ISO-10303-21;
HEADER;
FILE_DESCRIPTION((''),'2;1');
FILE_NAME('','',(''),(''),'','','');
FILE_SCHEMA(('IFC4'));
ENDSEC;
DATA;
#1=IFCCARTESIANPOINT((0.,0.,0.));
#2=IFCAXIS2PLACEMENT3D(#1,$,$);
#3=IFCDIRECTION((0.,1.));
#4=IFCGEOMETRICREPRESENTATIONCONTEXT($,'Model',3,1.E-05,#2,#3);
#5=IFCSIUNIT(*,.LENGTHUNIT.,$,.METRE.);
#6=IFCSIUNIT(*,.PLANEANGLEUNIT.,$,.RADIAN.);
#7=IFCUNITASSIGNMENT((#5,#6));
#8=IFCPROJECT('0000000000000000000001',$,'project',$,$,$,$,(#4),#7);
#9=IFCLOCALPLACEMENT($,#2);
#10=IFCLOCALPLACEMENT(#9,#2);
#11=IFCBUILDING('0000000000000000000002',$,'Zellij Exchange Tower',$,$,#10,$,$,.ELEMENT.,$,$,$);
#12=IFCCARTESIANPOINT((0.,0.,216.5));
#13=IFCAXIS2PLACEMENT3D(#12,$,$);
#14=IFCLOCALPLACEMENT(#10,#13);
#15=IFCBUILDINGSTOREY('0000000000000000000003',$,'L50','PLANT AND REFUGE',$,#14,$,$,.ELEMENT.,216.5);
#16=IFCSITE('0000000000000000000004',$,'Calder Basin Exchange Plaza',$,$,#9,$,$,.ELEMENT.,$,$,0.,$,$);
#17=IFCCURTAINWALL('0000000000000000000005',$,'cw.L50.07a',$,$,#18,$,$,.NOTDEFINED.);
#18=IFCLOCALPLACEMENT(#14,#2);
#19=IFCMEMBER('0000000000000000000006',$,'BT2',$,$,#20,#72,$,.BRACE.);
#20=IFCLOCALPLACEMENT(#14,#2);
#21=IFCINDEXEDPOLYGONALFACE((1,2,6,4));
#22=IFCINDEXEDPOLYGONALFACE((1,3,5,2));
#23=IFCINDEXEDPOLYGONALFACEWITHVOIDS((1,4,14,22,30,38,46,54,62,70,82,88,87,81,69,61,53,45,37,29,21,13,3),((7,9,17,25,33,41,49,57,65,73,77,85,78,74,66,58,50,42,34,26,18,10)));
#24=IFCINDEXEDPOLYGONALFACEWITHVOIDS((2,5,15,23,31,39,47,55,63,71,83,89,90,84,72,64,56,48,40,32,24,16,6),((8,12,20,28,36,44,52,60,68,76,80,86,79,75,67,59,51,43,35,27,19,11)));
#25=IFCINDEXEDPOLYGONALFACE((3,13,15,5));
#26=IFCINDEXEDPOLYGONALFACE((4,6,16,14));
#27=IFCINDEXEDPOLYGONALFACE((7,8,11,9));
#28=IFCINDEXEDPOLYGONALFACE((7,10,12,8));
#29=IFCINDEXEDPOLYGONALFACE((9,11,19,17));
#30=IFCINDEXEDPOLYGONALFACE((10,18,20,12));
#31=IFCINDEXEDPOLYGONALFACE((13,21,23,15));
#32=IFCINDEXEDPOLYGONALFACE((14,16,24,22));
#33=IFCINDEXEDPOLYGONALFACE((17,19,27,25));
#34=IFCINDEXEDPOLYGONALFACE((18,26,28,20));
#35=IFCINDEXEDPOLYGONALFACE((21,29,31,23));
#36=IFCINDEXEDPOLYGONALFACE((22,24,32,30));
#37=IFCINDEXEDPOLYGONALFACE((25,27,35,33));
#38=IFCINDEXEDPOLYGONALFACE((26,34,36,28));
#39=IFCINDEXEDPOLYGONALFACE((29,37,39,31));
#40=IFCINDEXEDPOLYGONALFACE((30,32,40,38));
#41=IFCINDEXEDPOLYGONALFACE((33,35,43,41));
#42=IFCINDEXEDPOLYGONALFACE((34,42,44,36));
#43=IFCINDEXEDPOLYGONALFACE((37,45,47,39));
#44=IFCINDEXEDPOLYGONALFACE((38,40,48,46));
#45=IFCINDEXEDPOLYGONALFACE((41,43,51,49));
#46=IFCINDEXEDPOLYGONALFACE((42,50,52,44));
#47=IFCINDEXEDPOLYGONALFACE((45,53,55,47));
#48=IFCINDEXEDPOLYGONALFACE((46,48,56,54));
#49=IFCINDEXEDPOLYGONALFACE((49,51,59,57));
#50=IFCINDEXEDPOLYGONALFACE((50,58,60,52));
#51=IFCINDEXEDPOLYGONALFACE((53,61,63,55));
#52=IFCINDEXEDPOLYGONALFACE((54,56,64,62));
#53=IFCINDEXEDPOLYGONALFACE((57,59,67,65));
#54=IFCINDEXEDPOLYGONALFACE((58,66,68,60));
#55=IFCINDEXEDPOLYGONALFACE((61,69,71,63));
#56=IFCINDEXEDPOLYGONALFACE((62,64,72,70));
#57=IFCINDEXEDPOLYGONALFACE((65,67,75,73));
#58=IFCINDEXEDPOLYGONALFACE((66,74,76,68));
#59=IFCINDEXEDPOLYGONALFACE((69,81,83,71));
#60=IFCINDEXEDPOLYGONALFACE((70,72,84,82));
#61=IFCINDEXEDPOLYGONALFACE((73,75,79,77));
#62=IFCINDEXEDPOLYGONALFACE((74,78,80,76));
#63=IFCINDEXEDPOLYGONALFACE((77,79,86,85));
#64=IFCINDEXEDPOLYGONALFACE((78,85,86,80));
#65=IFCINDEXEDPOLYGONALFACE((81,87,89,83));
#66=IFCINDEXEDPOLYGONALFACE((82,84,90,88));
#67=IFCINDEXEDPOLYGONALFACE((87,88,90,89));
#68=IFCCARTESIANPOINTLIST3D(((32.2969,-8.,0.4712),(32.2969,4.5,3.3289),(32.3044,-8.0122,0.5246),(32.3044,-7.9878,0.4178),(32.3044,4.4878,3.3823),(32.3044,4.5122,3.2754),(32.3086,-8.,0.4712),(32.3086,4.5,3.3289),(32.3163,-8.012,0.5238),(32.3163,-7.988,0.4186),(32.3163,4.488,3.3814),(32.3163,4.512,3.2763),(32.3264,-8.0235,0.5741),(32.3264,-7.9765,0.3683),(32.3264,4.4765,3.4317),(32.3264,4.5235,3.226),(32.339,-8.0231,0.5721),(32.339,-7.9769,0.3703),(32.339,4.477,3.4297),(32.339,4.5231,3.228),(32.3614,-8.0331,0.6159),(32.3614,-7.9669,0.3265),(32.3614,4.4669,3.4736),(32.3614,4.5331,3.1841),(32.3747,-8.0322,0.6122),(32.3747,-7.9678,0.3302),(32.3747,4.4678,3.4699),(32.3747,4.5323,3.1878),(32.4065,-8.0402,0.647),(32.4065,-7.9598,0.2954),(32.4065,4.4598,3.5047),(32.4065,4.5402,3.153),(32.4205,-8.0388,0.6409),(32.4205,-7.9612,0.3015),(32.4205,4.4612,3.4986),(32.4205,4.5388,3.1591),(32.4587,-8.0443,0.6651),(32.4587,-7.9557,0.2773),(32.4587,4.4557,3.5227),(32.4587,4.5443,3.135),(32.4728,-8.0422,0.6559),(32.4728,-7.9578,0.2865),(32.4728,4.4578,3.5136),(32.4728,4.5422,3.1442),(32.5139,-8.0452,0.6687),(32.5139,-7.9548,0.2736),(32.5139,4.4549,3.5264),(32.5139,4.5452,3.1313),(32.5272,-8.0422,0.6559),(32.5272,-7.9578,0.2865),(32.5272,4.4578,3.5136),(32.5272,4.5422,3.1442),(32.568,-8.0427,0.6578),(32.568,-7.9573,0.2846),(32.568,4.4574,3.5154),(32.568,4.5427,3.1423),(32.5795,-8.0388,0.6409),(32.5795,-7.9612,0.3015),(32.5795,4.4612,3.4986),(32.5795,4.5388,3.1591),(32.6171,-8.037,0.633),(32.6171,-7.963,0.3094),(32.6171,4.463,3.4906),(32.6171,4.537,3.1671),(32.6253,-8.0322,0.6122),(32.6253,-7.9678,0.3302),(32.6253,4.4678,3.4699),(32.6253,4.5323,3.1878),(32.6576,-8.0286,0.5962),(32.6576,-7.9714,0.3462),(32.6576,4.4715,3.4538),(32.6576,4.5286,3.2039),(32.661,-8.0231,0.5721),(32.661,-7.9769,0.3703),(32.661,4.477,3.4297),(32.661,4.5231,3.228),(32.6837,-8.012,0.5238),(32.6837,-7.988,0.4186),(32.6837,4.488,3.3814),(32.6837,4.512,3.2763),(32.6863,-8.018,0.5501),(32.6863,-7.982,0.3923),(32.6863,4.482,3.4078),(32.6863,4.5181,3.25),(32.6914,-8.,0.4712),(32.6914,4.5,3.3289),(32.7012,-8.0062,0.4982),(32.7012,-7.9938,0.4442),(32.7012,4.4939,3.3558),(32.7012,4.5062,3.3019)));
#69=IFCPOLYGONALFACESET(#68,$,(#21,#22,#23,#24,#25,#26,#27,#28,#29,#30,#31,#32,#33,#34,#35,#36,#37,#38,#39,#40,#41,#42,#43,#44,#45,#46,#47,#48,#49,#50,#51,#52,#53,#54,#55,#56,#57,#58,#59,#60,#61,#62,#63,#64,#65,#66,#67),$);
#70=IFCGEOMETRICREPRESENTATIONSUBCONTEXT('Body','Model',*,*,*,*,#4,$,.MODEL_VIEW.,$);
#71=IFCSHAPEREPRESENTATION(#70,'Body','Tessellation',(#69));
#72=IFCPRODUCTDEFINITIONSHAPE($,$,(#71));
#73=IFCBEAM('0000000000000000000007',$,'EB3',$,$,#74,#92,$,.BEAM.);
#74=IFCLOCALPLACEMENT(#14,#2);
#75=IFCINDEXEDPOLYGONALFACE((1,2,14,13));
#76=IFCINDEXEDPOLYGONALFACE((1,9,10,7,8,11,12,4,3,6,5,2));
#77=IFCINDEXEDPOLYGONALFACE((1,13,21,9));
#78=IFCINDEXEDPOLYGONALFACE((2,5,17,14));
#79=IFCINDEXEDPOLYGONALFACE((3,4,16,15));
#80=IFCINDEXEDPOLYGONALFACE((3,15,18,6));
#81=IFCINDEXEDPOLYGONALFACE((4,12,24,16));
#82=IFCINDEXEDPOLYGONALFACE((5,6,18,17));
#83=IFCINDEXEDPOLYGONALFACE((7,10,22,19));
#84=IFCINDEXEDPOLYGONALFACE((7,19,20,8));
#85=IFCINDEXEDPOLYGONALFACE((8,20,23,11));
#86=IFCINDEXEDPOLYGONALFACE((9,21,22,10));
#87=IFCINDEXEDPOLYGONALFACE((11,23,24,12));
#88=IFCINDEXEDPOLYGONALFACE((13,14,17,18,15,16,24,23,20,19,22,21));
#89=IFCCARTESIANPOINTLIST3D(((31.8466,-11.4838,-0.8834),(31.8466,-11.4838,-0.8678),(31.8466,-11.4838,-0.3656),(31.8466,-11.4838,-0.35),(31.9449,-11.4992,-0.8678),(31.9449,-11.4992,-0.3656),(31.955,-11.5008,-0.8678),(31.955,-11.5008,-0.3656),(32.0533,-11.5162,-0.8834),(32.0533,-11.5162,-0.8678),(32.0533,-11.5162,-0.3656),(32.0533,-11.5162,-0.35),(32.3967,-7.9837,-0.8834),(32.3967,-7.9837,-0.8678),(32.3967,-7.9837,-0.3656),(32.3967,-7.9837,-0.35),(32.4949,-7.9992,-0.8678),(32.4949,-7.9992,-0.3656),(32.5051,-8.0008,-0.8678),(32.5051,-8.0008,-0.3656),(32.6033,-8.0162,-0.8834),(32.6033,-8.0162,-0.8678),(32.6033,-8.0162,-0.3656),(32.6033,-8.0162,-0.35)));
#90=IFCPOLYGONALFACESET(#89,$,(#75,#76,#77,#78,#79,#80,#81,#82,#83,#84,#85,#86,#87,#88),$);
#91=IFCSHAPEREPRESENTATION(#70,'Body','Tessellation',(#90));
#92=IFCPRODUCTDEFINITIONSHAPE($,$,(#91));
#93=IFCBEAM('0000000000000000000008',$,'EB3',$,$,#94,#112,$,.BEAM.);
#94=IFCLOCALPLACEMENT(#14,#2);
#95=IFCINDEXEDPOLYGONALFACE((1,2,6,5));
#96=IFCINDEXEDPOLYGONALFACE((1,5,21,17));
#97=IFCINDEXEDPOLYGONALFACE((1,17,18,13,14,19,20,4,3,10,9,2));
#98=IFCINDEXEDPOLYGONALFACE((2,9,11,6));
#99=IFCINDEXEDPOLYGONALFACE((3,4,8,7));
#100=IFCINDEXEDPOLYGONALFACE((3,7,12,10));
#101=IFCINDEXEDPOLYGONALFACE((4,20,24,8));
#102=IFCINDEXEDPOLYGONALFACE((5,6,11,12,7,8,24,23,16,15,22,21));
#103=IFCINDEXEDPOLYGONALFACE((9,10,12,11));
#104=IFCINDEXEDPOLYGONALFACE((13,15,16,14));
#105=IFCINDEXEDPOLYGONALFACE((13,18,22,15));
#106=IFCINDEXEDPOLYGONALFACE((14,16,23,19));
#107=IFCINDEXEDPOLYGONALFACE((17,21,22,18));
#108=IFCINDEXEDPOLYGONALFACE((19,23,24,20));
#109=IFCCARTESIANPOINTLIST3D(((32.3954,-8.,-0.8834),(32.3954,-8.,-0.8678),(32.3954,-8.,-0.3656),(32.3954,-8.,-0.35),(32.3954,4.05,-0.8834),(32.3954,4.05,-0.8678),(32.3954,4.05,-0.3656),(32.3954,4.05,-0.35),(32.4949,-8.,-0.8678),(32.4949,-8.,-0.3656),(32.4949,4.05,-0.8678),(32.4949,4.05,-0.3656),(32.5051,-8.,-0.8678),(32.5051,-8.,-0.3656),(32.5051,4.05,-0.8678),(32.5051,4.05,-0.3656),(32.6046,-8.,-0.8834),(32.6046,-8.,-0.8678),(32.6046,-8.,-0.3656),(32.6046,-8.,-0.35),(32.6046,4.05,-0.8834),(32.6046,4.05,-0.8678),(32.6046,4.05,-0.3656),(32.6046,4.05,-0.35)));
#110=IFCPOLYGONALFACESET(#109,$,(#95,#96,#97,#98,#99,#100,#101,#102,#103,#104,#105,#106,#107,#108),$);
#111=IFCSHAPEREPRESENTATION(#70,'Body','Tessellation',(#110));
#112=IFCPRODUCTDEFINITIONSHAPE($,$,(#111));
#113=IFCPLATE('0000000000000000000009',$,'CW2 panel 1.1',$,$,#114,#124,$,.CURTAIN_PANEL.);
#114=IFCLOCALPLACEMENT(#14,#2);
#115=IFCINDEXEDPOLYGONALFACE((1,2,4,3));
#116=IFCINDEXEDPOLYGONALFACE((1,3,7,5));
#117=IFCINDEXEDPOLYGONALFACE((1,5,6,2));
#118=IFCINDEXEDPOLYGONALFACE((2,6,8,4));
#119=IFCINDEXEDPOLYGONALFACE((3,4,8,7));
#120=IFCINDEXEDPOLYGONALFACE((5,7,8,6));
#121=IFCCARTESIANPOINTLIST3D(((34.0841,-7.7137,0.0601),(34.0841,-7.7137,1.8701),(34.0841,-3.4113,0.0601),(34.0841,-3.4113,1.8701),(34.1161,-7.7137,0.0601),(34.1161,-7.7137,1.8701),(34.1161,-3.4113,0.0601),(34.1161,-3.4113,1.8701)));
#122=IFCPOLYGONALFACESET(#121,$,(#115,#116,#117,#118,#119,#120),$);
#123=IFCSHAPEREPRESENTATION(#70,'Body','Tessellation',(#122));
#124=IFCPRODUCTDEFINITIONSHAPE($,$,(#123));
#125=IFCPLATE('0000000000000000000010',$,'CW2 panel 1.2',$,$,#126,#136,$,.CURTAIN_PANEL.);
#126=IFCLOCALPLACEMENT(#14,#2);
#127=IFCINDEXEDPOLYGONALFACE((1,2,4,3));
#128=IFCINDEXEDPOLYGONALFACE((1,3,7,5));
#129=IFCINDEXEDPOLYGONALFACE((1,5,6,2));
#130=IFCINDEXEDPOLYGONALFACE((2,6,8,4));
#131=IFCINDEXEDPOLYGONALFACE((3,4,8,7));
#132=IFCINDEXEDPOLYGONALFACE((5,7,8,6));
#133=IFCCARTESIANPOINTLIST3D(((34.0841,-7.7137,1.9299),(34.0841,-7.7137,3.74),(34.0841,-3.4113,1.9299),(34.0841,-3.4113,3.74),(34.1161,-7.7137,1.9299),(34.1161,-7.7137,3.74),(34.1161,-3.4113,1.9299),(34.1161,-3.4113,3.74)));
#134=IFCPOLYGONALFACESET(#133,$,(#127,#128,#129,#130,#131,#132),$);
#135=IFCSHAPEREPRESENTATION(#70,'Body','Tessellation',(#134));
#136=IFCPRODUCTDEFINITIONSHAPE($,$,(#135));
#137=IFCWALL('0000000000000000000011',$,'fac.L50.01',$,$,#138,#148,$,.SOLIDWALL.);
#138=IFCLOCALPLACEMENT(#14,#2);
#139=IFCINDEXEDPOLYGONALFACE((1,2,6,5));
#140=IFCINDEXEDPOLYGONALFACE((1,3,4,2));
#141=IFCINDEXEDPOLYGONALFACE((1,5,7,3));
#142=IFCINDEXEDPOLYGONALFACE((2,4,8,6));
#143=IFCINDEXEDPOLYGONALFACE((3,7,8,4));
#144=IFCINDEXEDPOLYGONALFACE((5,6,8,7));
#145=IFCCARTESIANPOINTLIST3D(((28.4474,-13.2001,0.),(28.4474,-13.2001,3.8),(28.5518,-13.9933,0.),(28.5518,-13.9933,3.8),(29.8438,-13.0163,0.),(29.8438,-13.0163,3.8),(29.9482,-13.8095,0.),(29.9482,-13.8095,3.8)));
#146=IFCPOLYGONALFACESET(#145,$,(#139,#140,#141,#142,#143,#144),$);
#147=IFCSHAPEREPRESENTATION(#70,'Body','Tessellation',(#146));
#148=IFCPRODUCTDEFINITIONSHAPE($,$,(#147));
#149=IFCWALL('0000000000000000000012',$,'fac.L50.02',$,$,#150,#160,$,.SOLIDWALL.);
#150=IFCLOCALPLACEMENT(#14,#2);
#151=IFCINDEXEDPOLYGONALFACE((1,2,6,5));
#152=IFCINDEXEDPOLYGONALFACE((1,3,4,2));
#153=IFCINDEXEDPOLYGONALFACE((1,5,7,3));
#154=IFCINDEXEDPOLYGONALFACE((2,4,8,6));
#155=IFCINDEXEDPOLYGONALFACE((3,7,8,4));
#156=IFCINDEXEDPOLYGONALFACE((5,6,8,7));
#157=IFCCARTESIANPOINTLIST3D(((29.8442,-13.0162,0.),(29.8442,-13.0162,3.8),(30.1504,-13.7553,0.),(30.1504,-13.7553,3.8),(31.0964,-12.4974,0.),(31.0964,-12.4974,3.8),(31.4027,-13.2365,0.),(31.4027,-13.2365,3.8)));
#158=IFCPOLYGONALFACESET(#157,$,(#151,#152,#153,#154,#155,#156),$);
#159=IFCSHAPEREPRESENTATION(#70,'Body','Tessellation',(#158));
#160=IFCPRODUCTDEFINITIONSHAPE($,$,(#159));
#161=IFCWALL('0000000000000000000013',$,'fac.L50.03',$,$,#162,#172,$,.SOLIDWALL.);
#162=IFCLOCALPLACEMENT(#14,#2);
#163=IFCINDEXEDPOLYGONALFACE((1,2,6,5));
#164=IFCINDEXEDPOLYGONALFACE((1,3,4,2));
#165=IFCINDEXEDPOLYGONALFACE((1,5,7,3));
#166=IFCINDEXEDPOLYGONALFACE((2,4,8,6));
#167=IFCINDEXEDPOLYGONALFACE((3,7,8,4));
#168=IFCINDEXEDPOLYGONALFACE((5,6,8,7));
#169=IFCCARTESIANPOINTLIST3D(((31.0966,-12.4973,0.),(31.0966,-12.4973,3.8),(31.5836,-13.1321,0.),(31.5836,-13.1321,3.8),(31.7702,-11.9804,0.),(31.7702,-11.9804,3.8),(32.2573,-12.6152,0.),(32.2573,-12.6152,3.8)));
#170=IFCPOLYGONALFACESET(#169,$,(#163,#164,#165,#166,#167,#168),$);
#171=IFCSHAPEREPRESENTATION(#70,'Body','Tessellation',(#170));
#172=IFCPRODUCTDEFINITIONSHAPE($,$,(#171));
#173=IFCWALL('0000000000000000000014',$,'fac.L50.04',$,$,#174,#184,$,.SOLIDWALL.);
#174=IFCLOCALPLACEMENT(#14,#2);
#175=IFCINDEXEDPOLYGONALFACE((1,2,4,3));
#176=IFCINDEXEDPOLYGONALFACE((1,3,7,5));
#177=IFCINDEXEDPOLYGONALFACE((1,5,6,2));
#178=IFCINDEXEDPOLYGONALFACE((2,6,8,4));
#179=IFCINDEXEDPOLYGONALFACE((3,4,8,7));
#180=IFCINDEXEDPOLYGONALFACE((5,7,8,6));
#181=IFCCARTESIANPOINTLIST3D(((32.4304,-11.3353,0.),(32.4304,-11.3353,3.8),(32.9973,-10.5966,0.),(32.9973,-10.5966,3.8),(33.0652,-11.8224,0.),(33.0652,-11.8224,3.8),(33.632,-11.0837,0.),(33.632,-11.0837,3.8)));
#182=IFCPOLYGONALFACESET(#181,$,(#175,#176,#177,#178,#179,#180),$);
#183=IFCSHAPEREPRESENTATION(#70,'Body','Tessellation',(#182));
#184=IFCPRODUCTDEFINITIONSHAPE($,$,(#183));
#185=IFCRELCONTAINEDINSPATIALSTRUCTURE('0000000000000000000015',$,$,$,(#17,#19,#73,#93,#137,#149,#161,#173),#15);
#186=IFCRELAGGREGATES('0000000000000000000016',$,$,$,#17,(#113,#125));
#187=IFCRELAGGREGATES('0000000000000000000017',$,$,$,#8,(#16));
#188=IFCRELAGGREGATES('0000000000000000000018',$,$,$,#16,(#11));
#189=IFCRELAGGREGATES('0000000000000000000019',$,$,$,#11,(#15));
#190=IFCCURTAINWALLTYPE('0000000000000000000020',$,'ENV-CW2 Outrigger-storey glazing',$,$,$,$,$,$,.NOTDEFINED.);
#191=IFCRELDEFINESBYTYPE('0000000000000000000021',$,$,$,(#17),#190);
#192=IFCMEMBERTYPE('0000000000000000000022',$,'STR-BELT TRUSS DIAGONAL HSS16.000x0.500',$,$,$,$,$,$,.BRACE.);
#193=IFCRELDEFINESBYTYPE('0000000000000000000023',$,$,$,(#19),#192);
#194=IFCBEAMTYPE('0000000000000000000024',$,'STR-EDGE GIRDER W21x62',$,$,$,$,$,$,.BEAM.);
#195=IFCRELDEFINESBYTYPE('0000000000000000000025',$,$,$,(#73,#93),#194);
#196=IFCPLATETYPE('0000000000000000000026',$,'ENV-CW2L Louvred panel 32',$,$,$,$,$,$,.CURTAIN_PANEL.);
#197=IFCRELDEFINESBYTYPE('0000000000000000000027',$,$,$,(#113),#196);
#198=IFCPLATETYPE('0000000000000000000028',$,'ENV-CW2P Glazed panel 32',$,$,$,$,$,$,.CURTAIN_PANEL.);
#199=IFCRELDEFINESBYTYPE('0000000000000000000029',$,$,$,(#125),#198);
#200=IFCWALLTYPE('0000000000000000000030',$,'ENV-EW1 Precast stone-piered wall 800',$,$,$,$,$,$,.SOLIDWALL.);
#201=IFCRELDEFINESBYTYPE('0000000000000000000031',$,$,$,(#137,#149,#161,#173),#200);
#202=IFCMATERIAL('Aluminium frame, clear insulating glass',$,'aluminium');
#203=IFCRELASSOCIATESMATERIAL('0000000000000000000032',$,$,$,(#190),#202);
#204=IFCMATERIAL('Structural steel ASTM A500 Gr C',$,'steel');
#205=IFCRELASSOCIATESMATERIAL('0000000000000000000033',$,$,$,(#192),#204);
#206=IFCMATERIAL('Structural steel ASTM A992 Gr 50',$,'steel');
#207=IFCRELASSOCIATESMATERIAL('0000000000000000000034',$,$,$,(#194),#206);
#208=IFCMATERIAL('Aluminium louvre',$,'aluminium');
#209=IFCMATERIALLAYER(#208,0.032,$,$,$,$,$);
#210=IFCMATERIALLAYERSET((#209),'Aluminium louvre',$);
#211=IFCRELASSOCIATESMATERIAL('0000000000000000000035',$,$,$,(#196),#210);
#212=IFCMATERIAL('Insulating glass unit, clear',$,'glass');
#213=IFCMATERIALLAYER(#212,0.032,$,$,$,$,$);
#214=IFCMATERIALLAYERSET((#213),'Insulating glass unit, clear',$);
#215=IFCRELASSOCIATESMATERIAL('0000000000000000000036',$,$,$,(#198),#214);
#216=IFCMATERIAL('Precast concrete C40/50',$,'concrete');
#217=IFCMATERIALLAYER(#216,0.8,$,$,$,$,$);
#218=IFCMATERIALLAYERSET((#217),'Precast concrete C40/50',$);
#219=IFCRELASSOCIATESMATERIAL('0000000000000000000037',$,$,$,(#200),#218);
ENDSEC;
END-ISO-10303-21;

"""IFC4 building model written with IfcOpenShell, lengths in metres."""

from ifc_helpers import new_model, si_unit, direction, frame, frame_2d, origin, origin_2d, place, context, subcontext, project, spatial, rectangle, hollow_circle, i_section, extrude, material, layer, layer_set, material_profile, profile_set, type_object, element, aggregate, save


model = new_model("IFC4")

# Units and contexts
model_context = context("Model", 3, precision=1e-05, world=origin(), true_north=direction((0.0, 1.0)))
body_context = subcontext(model_context, "Body", "Model", "MODEL_VIEW")
ifc_project = project(units=[si_unit("LENGTHUNIT", "METRE"), si_unit("PLANEANGLEUNIT", "RADIAN")], contexts=[model_context])

# Site, building, storey
site_placement = place(None, origin())
site = spatial("IfcSite", under=ifc_project, at=site_placement, Name="Calder Basin Exchange Plaza", CompositionType="ELEMENT", RefElevation=0.0)
building_placement = place(site_placement, origin())
building = spatial("IfcBuilding", under=site, at=building_placement, Name="Zellij Exchange Tower", CompositionType="ELEMENT")
storey_placement = place(building_placement, frame((0.0, 0.0, 216.5)))
storey = spatial("IfcBuildingStorey", under=building, at=storey_placement, Name="L50", Description="PLANT AND REFUGE", CompositionType="ELEMENT", Elevation=216.5)

# Shared definitions
ifc_material_1 = material(Name="Aluminium frame, clear insulating glass", Category="aluminium")
curtain_wall_type = type_object("IfcCurtainWallType", Name="ENV-CW2 Outrigger-storey glazing", PredefinedType="NOTDEFINED", material=ifc_material_1)

# Curtain wall
curtain_wall_1_placement = place(storey_placement, origin())
curtain_wall_1 = element("IfcCurtainWall", 1, at=curtain_wall_1_placement, inside=storey, type_object=curtain_wall_type, Name="cw.L50.07a", PredefinedType="NOTDEFINED")

# Member
ifc_material_2 = material(Name="Structural steel ASTM A992 Gr 50", Category="steel")
ifc_material_3 = material(Name="Structural steel ASTM A500 Gr C", Category="steel")
ifc_material_profile_1 = material_profile(ifc_material_3, hollow_circle(Radius=0.2031, WallThickness=0.0117, at=origin_2d()), Name="STR-BELT TRUSS DIAGONAL HSS16.000x0.500")
ifc_profile_set_1 = profile_set([ifc_material_profile_1], Name="Structural steel ASTM A500 Gr C")
member_type_1 = type_object("IfcMemberType", Name="STR-BELT TRUSS DIAGONAL HSS16.000x0.500", PredefinedType="BRACE", material=ifc_profile_set_1)
member_1_placement = place(storey_placement, frame((32.5, -8.0, 0.4712), z_axis=(0.0, 0.97485, 0.222864), x_axis=(-1.0, 0.0, 0.0)))
element("IfcMember", 2, at=member_1_placement, inside=storey, type_object=member_type_1, Name="BT2", PredefinedType="BRACE", context=body_context, shape_type="SweptSolid", body=[
    extrude(hollow_circle(Radius=0.2031, WallThickness=0.0117, at=origin_2d()), origin(), (0.0, 0.0, 1.0), 12.8225),
])

# Beams
ifc_material_profile_2 = material_profile(ifc_material_2, i_section(OverallWidth=0.2092, OverallDepth=0.5334, WebThickness=0.0103, FlangeThickness=0.0156, at=origin_2d()), Name="W21x62")
ifc_profile_set_2 = profile_set([ifc_material_profile_2], Name="Structural steel ASTM A992 Gr 50")
beam_type = type_object("IfcBeamType", Name="STR-EDGE GIRDER W21x62", PredefinedType="BEAM", material=ifc_profile_set_2)
beam_1_placement = place(storey_placement, frame((31.95, -11.5, -0.6167), z_axis=(0.155251, 0.987875, 0.0), x_axis=(-0.987875, 0.155251, 0.0)))
element("IfcBeam", 3, at=beam_1_placement, inside=storey, type_object=beam_type, Name="EB3", PredefinedType="BEAM", context=body_context, shape_type="SweptSolid", body=[
    extrude(i_section(OverallWidth=0.2092, OverallDepth=0.5334, WebThickness=0.0103, FlangeThickness=0.0156, at=origin_2d()), origin(), (0.0, 0.0, 1.0), 3.543),
])
beam_2_placement = place(storey_placement, frame((32.5, -8.0, -0.6167), z_axis=(0.0, 1.0, 0.0), x_axis=(-1.0, 0.0, 0.0)))
element("IfcBeam", 4, at=beam_2_placement, inside=storey, type_object=beam_type, Name="EB3", PredefinedType="BEAM", context=body_context, shape_type="SweptSolid", body=[
    extrude(i_section(OverallWidth=0.2092, OverallDepth=0.5334, WebThickness=0.0103, FlangeThickness=0.0156, at=origin_2d()), origin(), (0.0, 0.0, 1.0), 12.05),
])

# Plates
ifc_material_4 = material(Name="Aluminium louvre", Category="aluminium")
ifc_layer_1 = layer(ifc_material_4, 0.032)
ifc_layer_set_1 = layer_set([ifc_layer_1], Name="Aluminium louvre")
plate_type_1 = type_object("IfcPlateType", Name="ENV-CW2L Louvred panel 32", PredefinedType="CURTAIN_PANEL", material=ifc_layer_set_1)
plate_1_placement = place(storey_placement, frame((34.1001, -5.5625, 0.0601), z_axis=(0.0, 0.0, 1.0), x_axis=(0.0, 1.0, 0.0)))
plate_1 = element("IfcPlate", 5, at=plate_1_placement, type_object=plate_type_1, Name="CW2 panel 1.1", PredefinedType="CURTAIN_PANEL", context=body_context, shape_type="SweptSolid", body=[
    extrude(rectangle(XDim=4.3025, YDim=0.032, at=origin_2d()), origin(), (0.0, 0.0, 1.0), 1.8101),
])
ifc_material_5 = material(Name="Insulating glass unit, clear", Category="glass")
ifc_layer_2 = layer(ifc_material_5, 0.032)
ifc_layer_set_2 = layer_set([ifc_layer_2], Name="Insulating glass unit, clear")
plate_type_2 = type_object("IfcPlateType", Name="ENV-CW2P Glazed panel 32", PredefinedType="CURTAIN_PANEL", material=ifc_layer_set_2)
plate_2_placement = place(storey_placement, frame((34.1001, -5.5625, 1.9299), z_axis=(0.0, 0.0, 1.0), x_axis=(0.0, 1.0, 0.0)))
plate_2 = element("IfcPlate", 6, at=plate_2_placement, type_object=plate_type_2, Name="CW2 panel 1.2", PredefinedType="CURTAIN_PANEL", context=body_context, shape_type="SweptSolid", body=[
    extrude(rectangle(XDim=4.3025, YDim=0.032, at=origin_2d()), origin(), (0.0, 0.0, 1.0), 1.8101),
])
aggregate(curtain_wall_1, [plate_1, plate_2])

# Walls
ifc_material_6 = material(Name="Precast concrete C40/50", Category="concrete")
ifc_layer_3 = layer(ifc_material_6, 0.8)
ifc_layer_set_3 = layer_set([ifc_layer_3], Name="Precast concrete C40/50")
wall_type_1 = type_object("IfcWallType", Name="ENV-EW1 Precast stone-piered wall 800", PredefinedType="SOLIDWALL", material=ifc_layer_set_3)
wall_1_placement = place(storey_placement, frame((28.4998, -13.5967, 0.0), z_axis=(0.0, 0.0, 1.0), x_axis=(0.991446, 0.130517, 0.0)))
element("IfcWall", 7, at=wall_1_placement, inside=storey, type_object=wall_type_1, Name="fac.L50.01", PredefinedType="SOLIDWALL", context=body_context, shape_type="SweptSolid", body=[
    extrude(rectangle(XDim=1.4084, YDim=0.8, at=frame_2d((0.7041, 0.0))), origin(), (0.0, 0.0, 1.0), 3.8),
])
wall_2_placement = place(storey_placement, frame((29.9973, -13.3857, 0.0), z_axis=(0.0, 0.0, 1.0), x_axis=(0.923848, 0.38276, 0.0)))
element("IfcWall", 8, at=wall_2_placement, inside=storey, type_object=wall_type_1, Name="fac.L50.02", PredefinedType="SOLIDWALL", context=body_context, shape_type="SweptSolid", body=[
    extrude(rectangle(XDim=1.3555, YDim=0.8, at=frame_2d((0.6777, 0.0))), origin(), (0.0, 0.0, 1.0), 3.8),
])
wall_3_placement = place(storey_placement, frame((31.3401, -12.8147, 0.0), z_axis=(0.0, 0.0, 1.0), x_axis=(0.793361, 0.608751, 0.0)))
element("IfcWall", 9, at=wall_3_placement, inside=storey, type_object=wall_type_1, Name="fac.L50.03", PredefinedType="SOLIDWALL", context=body_context, shape_type="SweptSolid", body=[
    extrude(rectangle(XDim=0.8491, YDim=0.8, at=frame_2d((0.4246, 0.0))), origin(), (0.0, 0.0, 1.0), 3.8),
])
wall_4_placement = place(storey_placement, frame((32.7478, -11.5789, 0.0), z_axis=(0.0, 0.0, 1.0), x_axis=(0.608773, 0.793345, 0.0)))
element("IfcWall", 10, at=wall_4_placement, inside=storey, type_object=wall_type_1, Name="fac.L50.04", PredefinedType="SOLIDWALL", context=body_context, shape_type="SweptSolid", body=[
    extrude(rectangle(XDim=0.9312, YDim=0.8, at=frame_2d((0.4656, 0.0))), origin(), (0.0, 0.0, 1.0), 3.8),
])

save(model, "model.ifc")
